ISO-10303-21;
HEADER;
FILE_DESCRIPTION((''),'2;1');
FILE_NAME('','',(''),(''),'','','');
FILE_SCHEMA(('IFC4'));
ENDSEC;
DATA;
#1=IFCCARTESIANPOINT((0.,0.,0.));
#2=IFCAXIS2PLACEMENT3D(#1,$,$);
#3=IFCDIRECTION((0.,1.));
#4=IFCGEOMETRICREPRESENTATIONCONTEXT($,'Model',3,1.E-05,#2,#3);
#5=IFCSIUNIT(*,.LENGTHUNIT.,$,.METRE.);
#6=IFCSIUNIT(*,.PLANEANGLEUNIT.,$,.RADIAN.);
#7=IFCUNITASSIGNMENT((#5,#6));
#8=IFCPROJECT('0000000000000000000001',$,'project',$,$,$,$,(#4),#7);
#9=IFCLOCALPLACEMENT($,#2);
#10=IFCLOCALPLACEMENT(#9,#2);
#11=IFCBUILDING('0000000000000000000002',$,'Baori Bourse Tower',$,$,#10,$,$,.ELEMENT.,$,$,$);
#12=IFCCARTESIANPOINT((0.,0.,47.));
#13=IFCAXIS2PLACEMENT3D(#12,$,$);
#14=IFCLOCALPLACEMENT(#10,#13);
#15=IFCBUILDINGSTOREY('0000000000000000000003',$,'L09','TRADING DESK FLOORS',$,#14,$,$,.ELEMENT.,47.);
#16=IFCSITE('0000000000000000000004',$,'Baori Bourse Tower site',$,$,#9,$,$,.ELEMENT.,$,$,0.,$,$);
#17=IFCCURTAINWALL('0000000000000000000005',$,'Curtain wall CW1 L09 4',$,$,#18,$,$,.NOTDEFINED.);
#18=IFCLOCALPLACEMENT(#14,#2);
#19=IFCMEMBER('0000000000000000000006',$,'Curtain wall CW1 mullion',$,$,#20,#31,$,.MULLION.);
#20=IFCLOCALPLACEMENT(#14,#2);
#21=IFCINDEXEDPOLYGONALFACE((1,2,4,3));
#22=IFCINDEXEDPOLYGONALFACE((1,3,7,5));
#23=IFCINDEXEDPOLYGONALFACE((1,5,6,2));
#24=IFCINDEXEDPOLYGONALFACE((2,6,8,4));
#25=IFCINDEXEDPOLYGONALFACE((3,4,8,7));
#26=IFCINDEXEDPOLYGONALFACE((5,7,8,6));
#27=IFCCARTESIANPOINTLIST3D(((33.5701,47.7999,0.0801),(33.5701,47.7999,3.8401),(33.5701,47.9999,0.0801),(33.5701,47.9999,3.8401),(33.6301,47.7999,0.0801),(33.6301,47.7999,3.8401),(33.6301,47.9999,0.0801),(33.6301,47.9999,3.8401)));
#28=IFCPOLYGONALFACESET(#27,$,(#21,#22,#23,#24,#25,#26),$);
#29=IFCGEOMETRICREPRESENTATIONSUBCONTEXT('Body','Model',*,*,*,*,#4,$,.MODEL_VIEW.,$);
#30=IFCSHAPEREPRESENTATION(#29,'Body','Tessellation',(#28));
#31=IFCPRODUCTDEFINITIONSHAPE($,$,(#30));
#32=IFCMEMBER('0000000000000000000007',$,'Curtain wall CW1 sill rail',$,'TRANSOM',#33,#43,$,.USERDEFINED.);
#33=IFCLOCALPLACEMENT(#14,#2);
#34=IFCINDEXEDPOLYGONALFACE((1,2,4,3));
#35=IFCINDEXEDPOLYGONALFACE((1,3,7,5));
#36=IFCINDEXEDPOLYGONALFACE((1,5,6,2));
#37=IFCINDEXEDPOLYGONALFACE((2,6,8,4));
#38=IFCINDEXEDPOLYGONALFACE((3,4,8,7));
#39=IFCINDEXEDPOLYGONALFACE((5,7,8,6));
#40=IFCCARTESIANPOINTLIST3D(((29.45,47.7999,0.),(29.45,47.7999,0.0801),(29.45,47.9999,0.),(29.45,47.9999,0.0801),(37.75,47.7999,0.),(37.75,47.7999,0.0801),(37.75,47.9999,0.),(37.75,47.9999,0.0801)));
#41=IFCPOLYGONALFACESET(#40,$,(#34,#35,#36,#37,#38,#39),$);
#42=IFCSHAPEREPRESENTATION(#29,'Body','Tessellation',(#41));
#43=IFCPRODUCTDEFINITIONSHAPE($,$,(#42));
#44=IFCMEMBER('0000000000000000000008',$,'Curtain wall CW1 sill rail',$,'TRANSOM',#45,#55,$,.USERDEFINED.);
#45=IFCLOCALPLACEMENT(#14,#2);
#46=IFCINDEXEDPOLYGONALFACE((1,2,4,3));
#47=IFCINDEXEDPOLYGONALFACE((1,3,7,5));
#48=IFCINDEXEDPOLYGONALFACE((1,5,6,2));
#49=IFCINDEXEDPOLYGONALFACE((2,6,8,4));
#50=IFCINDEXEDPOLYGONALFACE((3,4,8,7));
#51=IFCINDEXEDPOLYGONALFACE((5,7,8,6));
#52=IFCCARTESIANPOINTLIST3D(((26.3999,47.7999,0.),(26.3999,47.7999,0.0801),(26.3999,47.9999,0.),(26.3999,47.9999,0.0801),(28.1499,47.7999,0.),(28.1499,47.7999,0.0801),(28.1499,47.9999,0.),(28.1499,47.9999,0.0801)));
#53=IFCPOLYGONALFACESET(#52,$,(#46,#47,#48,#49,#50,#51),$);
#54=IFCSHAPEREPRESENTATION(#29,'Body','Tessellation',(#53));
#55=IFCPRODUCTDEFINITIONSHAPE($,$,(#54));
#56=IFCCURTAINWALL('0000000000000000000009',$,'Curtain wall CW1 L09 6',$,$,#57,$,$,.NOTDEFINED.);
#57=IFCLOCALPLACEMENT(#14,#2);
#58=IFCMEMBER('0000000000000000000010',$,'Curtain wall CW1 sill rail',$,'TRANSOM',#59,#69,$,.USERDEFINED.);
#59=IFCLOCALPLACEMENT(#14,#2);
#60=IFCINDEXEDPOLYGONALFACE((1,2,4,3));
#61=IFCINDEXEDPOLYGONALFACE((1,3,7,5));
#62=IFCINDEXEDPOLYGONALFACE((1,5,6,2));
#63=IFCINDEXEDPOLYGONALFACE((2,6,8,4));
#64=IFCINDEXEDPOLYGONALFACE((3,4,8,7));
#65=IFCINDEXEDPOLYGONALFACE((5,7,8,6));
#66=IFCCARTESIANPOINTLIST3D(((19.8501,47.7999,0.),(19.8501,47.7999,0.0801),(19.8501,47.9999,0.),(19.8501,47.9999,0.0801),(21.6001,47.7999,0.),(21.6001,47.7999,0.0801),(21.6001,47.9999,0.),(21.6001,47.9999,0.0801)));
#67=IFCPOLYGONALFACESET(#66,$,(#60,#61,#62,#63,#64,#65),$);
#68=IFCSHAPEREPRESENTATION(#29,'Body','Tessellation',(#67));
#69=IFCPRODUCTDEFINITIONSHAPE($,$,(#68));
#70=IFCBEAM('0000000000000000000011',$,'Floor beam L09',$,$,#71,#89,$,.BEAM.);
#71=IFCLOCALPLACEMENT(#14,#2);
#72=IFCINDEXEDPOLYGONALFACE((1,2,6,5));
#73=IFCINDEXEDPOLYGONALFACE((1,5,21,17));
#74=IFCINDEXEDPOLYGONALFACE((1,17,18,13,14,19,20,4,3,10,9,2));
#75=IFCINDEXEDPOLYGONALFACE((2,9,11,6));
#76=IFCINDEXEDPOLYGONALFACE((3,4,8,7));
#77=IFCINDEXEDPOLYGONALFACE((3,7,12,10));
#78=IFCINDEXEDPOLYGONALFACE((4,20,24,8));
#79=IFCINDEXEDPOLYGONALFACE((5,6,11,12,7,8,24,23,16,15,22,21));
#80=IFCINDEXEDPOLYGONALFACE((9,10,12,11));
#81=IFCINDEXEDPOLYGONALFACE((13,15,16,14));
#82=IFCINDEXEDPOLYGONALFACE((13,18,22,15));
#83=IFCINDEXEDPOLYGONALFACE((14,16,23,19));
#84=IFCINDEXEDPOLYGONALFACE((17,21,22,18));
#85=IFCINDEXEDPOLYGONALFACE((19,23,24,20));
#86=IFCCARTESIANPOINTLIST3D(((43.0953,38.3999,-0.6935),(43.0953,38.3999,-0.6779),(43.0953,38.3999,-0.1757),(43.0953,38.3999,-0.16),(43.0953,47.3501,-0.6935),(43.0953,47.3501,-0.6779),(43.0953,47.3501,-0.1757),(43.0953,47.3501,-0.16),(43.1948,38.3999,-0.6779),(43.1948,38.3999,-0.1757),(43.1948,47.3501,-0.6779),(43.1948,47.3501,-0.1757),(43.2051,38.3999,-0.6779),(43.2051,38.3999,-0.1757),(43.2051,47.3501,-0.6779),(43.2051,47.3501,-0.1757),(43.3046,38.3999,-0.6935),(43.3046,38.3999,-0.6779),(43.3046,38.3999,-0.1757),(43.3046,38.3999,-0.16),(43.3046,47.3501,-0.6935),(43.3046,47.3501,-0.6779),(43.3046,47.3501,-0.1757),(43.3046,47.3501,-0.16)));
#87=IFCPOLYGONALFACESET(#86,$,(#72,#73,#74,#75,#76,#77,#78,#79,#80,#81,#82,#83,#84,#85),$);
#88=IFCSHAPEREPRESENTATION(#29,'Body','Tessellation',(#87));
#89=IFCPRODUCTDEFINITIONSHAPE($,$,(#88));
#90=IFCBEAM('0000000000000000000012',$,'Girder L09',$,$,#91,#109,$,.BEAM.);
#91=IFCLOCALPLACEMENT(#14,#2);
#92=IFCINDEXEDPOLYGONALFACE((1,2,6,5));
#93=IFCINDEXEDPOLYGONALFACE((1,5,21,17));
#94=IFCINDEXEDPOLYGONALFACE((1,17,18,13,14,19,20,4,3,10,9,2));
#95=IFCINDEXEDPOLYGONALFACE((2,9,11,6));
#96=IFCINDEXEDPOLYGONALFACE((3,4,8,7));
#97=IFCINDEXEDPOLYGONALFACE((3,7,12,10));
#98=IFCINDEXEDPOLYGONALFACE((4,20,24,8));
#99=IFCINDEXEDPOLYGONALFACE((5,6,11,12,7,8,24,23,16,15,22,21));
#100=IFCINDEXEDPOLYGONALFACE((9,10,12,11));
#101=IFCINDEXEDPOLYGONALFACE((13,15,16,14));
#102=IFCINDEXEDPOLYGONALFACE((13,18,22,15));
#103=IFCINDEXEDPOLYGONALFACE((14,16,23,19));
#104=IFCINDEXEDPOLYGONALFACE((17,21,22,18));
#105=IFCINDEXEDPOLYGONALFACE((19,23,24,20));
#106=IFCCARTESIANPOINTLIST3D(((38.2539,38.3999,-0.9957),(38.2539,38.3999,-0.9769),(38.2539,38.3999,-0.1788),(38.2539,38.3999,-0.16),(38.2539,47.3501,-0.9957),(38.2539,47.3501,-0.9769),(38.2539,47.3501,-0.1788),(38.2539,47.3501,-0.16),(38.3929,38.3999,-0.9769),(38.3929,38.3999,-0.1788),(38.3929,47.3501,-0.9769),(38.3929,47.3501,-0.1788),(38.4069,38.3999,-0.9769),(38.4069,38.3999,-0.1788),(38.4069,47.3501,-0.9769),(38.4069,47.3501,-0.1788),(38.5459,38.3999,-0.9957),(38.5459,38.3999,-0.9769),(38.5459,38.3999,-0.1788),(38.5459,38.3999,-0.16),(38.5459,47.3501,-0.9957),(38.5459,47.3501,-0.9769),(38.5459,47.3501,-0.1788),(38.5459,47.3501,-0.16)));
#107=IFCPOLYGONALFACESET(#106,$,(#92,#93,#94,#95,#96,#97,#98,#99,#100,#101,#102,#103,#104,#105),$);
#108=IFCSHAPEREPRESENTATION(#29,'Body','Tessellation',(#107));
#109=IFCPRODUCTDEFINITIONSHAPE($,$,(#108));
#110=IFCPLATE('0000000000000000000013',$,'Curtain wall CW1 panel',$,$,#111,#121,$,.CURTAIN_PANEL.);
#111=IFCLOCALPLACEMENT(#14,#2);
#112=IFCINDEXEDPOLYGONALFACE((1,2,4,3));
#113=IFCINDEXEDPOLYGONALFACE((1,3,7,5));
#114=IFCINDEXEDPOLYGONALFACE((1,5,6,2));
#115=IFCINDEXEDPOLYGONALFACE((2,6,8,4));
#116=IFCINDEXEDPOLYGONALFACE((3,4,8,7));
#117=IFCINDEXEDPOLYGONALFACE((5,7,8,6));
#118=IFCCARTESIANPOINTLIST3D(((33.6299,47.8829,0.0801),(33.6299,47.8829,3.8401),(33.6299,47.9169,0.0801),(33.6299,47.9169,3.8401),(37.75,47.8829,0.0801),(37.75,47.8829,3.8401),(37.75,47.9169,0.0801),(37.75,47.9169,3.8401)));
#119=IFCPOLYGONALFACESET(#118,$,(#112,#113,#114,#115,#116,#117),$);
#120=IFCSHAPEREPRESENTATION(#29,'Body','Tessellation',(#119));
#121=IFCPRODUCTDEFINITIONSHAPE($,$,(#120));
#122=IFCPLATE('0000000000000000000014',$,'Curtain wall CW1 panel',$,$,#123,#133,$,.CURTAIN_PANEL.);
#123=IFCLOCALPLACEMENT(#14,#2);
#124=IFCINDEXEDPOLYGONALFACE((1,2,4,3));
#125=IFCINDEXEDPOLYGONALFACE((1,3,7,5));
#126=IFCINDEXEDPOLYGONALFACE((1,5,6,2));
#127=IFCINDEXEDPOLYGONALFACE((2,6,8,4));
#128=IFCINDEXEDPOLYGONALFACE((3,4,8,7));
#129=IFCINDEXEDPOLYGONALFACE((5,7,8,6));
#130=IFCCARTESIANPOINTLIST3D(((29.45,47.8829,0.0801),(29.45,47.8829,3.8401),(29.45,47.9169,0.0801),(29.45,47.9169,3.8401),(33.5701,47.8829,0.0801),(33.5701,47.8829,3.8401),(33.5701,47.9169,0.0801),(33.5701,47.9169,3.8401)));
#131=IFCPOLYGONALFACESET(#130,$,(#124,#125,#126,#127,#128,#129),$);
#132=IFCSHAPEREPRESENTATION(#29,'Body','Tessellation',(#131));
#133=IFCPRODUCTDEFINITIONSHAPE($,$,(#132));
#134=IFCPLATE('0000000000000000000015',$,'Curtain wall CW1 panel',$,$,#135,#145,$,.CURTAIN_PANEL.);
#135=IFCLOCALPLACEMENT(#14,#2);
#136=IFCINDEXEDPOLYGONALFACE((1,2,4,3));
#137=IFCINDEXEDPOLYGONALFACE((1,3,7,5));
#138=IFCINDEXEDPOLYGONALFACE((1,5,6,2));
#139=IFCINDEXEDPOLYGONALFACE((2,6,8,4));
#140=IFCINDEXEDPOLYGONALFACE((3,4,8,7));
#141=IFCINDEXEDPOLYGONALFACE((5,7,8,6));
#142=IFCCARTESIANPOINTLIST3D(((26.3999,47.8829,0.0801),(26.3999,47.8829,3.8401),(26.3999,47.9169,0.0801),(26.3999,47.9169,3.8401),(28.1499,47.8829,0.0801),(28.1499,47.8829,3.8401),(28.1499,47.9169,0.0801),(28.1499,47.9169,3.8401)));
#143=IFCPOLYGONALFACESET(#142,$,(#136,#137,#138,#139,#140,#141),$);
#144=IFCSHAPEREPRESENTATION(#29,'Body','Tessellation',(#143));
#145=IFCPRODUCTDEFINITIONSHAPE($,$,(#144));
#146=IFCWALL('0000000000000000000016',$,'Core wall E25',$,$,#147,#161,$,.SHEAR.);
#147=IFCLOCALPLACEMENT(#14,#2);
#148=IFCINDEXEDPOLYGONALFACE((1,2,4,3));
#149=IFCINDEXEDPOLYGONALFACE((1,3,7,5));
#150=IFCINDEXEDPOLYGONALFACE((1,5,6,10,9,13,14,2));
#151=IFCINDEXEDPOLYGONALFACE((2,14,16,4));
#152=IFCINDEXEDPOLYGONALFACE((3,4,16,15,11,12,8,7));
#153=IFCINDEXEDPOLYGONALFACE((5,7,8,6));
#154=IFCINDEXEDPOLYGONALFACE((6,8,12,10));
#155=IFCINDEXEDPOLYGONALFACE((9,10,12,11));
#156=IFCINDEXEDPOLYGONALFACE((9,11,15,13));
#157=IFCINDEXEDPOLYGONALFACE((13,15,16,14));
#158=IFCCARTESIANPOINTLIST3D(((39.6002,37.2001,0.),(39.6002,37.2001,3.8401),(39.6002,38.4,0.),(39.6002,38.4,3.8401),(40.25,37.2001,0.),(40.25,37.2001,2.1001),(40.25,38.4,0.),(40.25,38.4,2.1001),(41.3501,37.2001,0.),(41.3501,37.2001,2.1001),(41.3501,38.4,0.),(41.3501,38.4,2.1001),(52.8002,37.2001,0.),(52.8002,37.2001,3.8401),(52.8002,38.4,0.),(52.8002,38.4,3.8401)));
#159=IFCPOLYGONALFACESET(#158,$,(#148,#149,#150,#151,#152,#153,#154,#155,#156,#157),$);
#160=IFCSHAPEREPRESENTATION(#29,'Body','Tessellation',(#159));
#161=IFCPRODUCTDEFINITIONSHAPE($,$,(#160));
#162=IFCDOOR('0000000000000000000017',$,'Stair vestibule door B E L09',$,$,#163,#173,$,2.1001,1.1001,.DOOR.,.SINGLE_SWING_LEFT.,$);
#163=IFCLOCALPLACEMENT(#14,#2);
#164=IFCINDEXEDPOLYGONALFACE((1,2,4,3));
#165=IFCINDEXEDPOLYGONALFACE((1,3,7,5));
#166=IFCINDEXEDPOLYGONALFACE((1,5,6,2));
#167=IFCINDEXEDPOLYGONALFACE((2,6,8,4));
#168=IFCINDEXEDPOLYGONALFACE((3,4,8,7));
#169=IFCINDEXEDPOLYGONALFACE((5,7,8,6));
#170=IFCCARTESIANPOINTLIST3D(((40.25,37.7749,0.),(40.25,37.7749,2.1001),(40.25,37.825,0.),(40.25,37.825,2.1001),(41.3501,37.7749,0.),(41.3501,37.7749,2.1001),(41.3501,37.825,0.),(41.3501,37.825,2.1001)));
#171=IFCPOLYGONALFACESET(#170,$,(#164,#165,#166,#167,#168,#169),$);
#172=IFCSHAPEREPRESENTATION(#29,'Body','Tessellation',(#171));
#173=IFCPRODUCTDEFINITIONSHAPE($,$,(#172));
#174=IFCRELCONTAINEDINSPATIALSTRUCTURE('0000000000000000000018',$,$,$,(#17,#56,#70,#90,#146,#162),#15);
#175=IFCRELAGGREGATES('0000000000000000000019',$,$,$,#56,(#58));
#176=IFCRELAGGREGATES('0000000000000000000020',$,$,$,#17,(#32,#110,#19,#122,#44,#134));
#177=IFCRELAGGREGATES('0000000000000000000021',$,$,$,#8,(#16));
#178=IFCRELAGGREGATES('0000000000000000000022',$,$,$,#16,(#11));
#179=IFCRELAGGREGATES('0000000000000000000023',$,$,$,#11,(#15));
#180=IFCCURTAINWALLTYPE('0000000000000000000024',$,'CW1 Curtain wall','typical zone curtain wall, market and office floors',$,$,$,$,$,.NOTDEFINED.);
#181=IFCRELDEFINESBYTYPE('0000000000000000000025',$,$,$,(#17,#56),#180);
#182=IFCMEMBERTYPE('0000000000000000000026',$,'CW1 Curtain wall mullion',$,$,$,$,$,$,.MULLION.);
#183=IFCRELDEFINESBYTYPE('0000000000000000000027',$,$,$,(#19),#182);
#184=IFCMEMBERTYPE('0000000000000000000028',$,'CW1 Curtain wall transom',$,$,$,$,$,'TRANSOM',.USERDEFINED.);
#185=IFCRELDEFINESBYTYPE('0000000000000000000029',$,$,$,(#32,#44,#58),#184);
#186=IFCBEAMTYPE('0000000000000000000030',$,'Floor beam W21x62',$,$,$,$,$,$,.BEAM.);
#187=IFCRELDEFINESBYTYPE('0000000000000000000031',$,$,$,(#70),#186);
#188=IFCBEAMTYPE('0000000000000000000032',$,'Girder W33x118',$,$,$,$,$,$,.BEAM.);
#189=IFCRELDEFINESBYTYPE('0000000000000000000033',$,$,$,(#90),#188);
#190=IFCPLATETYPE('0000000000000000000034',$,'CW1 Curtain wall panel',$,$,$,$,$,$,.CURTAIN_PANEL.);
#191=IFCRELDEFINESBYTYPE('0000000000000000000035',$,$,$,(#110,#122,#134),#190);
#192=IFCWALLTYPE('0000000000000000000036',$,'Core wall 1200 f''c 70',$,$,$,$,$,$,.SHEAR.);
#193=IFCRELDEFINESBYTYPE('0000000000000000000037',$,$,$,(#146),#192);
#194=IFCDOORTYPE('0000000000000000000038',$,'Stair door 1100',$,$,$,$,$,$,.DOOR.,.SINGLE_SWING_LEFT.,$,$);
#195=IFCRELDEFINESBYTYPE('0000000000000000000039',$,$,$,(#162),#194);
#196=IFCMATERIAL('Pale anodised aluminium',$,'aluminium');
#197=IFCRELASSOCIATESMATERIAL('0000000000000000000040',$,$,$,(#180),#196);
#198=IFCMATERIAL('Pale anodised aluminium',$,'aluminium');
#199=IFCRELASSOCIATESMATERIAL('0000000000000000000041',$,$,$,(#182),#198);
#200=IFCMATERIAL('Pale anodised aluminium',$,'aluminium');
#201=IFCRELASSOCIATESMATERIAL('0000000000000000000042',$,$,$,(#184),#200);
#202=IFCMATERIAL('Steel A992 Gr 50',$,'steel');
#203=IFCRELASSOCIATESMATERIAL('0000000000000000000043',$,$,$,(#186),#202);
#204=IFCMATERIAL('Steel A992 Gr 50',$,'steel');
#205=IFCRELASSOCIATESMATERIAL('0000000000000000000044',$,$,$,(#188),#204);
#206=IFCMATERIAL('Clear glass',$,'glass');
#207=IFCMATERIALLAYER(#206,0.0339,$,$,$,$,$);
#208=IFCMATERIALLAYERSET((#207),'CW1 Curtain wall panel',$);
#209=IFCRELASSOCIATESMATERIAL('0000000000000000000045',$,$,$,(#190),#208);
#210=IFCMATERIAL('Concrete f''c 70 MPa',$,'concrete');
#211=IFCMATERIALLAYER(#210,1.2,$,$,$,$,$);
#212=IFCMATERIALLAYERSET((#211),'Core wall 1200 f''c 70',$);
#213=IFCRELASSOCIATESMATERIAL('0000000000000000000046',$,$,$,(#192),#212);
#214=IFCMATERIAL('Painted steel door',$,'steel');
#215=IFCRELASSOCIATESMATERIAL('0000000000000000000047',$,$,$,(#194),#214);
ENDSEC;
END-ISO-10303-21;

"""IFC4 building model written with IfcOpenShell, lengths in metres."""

from ifc_helpers import new_model, si_unit, direction, frame, frame_2d, origin, origin_2d, place, context, subcontext, project, spatial, rectangle, i_section, extrude, material, layer, layer_set, material_profile, profile_set, type_object, element, fill, aggregate, save


model = new_model("IFC4")

# Units and contexts
model_context = context("Model", 3, precision=1e-05, world=origin(), true_north=direction((0.0, 1.0)))
body_context = subcontext(model_context, "Body", "Model", "MODEL_VIEW")
ifc_project = project(units=[si_unit("LENGTHUNIT", "METRE"), si_unit("PLANEANGLEUNIT", "RADIAN")], contexts=[model_context])

# Site, building, storey
site_placement = place(None, origin())
site = spatial("IfcSite", under=ifc_project, at=site_placement, Name="Baori Bourse Tower site", CompositionType="ELEMENT", RefElevation=0.0)
building_placement = place(site_placement, origin())
building = spatial("IfcBuilding", under=site, at=building_placement, Name="Baori Bourse Tower", CompositionType="ELEMENT")
storey_placement = place(building_placement, frame((0.0, 0.0, 47.0)))
storey = spatial("IfcBuildingStorey", under=building, at=storey_placement, Name="L09", Description="TRADING DESK FLOORS", CompositionType="ELEMENT", Elevation=47.0)

# Curtain wall, members
ifc_material_1 = material(Name="Pale anodised aluminium", Category="aluminium")
curtain_wall_type = type_object("IfcCurtainWallType", Name="CW1 Curtain wall", Description="typical zone curtain wall, market and office floors", PredefinedType="NOTDEFINED", material=ifc_material_1)
curtain_wall_1_placement = place(storey_placement, origin())
curtain_wall_1 = element("IfcCurtainWall", 1, at=curtain_wall_1_placement, inside=storey, type_object=curtain_wall_type, Name="Curtain wall CW1 L09 4", PredefinedType="NOTDEFINED")
ifc_material_2 = material(Name="Pale anodised aluminium", Category="aluminium")
ifc_material_profile_1 = material_profile(ifc_material_2, rectangle(XDim=0.2, YDim=0.0601, at=origin_2d()), Name="Mullion 60x200")
ifc_profile_set_1 = profile_set([ifc_material_profile_1], Name="Pale anodised aluminium")
member_type_1 = type_object("IfcMemberType", Name="CW1 Curtain wall mullion", PredefinedType="MULLION", material=ifc_profile_set_1)
member_1_placement = place(storey_placement, frame((33.6001, 47.8999, 0.0801), z_axis=(0.0, 0.0, 1.0), x_axis=(0.0, -1.0, 0.0)))
member_1 = element("IfcMember", 2, at=member_1_placement, type_object=member_type_1, Name="Curtain wall CW1 mullion", PredefinedType="MULLION", context=body_context, shape_type="SweptSolid", body=[
    extrude(rectangle(XDim=0.2, YDim=0.0601, at=origin_2d()), origin(), (0.0, 0.0, 1.0), 3.76),
])
ifc_material_3 = material(Name="Pale anodised aluminium", Category="aluminium")
ifc_material_profile_2 = material_profile(ifc_material_3, rectangle(XDim=0.2, YDim=0.0801, at=origin_2d()), Name="Transom 80x200")
ifc_profile_set_2 = profile_set([ifc_material_profile_2], Name="Pale anodised aluminium")
member_type_2 = type_object("IfcMemberType", Name="CW1 Curtain wall transom", ElementType="TRANSOM", PredefinedType="USERDEFINED", material=ifc_profile_set_2)
member_2_placement = place(storey_placement, frame((37.75, 47.8999, 0.04), z_axis=(-1.0, 0.0, 0.0), x_axis=(0.0, -1.0, 0.0)))
member_2 = element("IfcMember", 3, at=member_2_placement, type_object=member_type_2, Name="Curtain wall CW1 sill rail", ObjectType="TRANSOM", PredefinedType="USERDEFINED", context=body_context, shape_type="SweptSolid", body=[
    extrude(rectangle(XDim=0.2, YDim=0.0801, at=origin_2d()), origin(), (0.0, 0.0, 1.0), 8.3),
])
member_3_placement = place(storey_placement, frame((28.1499, 47.8999, 0.04), z_axis=(-1.0, 0.0, 0.0), x_axis=(0.0, -1.0, 0.0)))
member_3 = element("IfcMember", 4, at=member_3_placement, type_object=member_type_2, Name="Curtain wall CW1 sill rail", ObjectType="TRANSOM", PredefinedType="USERDEFINED", context=body_context, shape_type="SweptSolid", body=[
    extrude(rectangle(XDim=0.2, YDim=0.0801, at=origin_2d()), origin(), (0.0, 0.0, 1.0), 1.75),
])

# Curtain wall, member
curtain_wall_2_placement = place(storey_placement, origin())
curtain_wall_2 = element("IfcCurtainWall", 5, at=curtain_wall_2_placement, inside=storey, type_object=curtain_wall_type, Name="Curtain wall CW1 L09 6", PredefinedType="NOTDEFINED")
member_4_placement = place(storey_placement, frame((21.6001, 47.8999, 0.04), z_axis=(-1.0, 0.0, 0.0), x_axis=(0.0, -1.0, 0.0)))
member_4 = element("IfcMember", 6, at=member_4_placement, type_object=member_type_2, Name="Curtain wall CW1 sill rail", ObjectType="TRANSOM", PredefinedType="USERDEFINED", context=body_context, shape_type="SweptSolid", body=[
    extrude(rectangle(XDim=0.2, YDim=0.0801, at=origin_2d()), origin(), (0.0, 0.0, 1.0), 1.75),
])
aggregate(curtain_wall_2, [member_4])

# Beams
ifc_material_4 = material(Name="Steel A992 Gr 50", Category="steel")
ifc_material_profile_3 = material_profile(ifc_material_4, i_section(OverallWidth=0.2092, OverallDepth=0.5334, WebThickness=0.0103, FlangeThickness=0.0156, at=origin_2d()), Name="W21x62")
ifc_profile_set_3 = profile_set([ifc_material_profile_3], Name="Steel A992 Gr 50")
beam_type_1 = type_object("IfcBeamType", Name="Floor beam W21x62", PredefinedType="BEAM", material=ifc_profile_set_3)
beam_1_placement = place(storey_placement, frame((43.2, 38.3999, -0.4268), z_axis=(0.0, 1.0, 0.0), x_axis=(-1.0, 0.0, 0.0)))
element("IfcBeam", 7, at=beam_1_placement, inside=storey, type_object=beam_type_1, Name="Floor beam L09", PredefinedType="BEAM", context=body_context, shape_type="SweptSolid", body=[
    extrude(i_section(OverallWidth=0.2092, OverallDepth=0.5334, WebThickness=0.0103, FlangeThickness=0.0156, at=origin_2d()), origin(), (0.0, 0.0, 1.0), 8.9502),
])
ifc_material_5 = material(Name="Steel A992 Gr 50", Category="steel")
ifc_material_profile_4 = material_profile(ifc_material_5, i_section(OverallWidth=0.292, OverallDepth=0.8357, WebThickness=0.0139, FlangeThickness=0.0188, at=origin_2d()), Name="W33x118")
ifc_profile_set_4 = profile_set([ifc_material_profile_4], Name="Steel A992 Gr 50")
beam_type_2 = type_object("IfcBeamType", Name="Girder W33x118", PredefinedType="BEAM", material=ifc_profile_set_4)
beam_2_placement = place(storey_placement, frame((38.3999, 38.3999, -0.5779), z_axis=(0.0, 1.0, 0.0), x_axis=(-1.0, 0.0, 0.0)))
element("IfcBeam", 8, at=beam_2_placement, inside=storey, type_object=beam_type_2, Name="Girder L09", PredefinedType="BEAM", context=body_context, shape_type="SweptSolid", body=[
    extrude(i_section(OverallWidth=0.292, OverallDepth=0.8357, WebThickness=0.0139, FlangeThickness=0.0188, at=origin_2d()), origin(), (0.0, 0.0, 1.0), 8.9502),
])

# Plates
ifc_material_6 = material(Name="Clear glass", Category="glass")
ifc_layer_1 = layer(ifc_material_6, 0.0339)
ifc_layer_set_1 = layer_set([ifc_layer_1], Name="CW1 Curtain wall panel")
plate_type = type_object("IfcPlateType", Name="CW1 Curtain wall panel", PredefinedType="CURTAIN_PANEL", material=ifc_layer_set_1)
plate_1_placement = place(storey_placement, frame((35.6899, 47.8999, 0.0801), z_axis=(0.0, 0.0, 1.0), x_axis=(-1.0, 0.0, 0.0)))
plate_1 = element("IfcPlate", 9, at=plate_1_placement, type_object=plate_type, Name="Curtain wall CW1 panel", PredefinedType="CURTAIN_PANEL", context=body_context, shape_type="SweptSolid", body=[
    extrude(rectangle(XDim=4.1201, YDim=0.0339, at=origin_2d()), origin(), (0.0, 0.0, 1.0), 3.76),
])
plate_2_placement = place(storey_placement, frame((31.51, 47.8999, 0.0801), z_axis=(0.0, 0.0, 1.0), x_axis=(-1.0, 0.0, 0.0)))
plate_2 = element("IfcPlate", 10, at=plate_2_placement, type_object=plate_type, Name="Curtain wall CW1 panel", PredefinedType="CURTAIN_PANEL", context=body_context, shape_type="SweptSolid", body=[
    extrude(rectangle(XDim=4.1201, YDim=0.0339, at=origin_2d()), origin(), (0.0, 0.0, 1.0), 3.76),
])
plate_3_placement = place(storey_placement, frame((27.2749, 47.8999, 0.0801), z_axis=(0.0, 0.0, 1.0), x_axis=(-1.0, 0.0, 0.0)))
plate_3 = element("IfcPlate", 11, at=plate_3_placement, type_object=plate_type, Name="Curtain wall CW1 panel", PredefinedType="CURTAIN_PANEL", context=body_context, shape_type="SweptSolid", body=[
    extrude(rectangle(XDim=1.75, YDim=0.0339, at=origin_2d()), origin(), (0.0, 0.0, 1.0), 3.76),
])
aggregate(curtain_wall_1, [member_2, plate_1, member_1, plate_2, member_3, plate_3])

# Wall, opening, door
ifc_material_7 = material(Name="Concrete f'c 70 MPa", Category="concrete")
ifc_layer_2 = layer(ifc_material_7, 1.2)
ifc_layer_set_2 = layer_set([ifc_layer_2], Name="Core wall 1200 f'c 70")
wall_type_1 = type_object("IfcWallType", Name="Core wall 1200 f'c 70", PredefinedType="SHEAR", material=ifc_layer_set_2)
wall_1_placement = place(storey_placement, frame((39.6001, 37.8, 0.0), z_axis=(0.0, 0.0, 1.0), x_axis=(1.0, 0.0, 0.0)))
wall_1 = element("IfcWall", 12, at=wall_1_placement, inside=storey, type_object=wall_type_1, Name="Core wall E25", PredefinedType="SHEAR", context=body_context, shape_type="SweptSolid", body=[
    extrude(rectangle(XDim=13.2, YDim=1.2, at=frame_2d((6.6001, 0.0))), origin(), (0.0, 0.0, 1.0), 3.8401),
])
opening_1_placement = place(wall_1_placement, frame((0.6499, 0.0, 0.0)))
opening_1 = element("IfcOpeningElement", 13, at=opening_1_placement, cuts=wall_1, PredefinedType="OPENING", context=body_context, shape_type="SweptSolid", body=[
    extrude(rectangle(XDim=1.1001, YDim=2.1001, at=frame_2d((0.55, 1.05))), frame((0.0, 0.6099, 0.0), z_axis=(0.0, -1.0, 0.0), x_axis=(1.0, 0.0, 0.0)), (0.0, 0.0, 1.0), 1.22),
])
ifc_material_8 = material(Name="Painted steel door", Category="steel")
door_type_1 = type_object("IfcDoorType", Name="Stair door 1100", OperationType="SINGLE_SWING_LEFT", PredefinedType="DOOR", material=ifc_material_8)
door_1_placement = place(opening_1_placement, origin())
door_1 = element("IfcDoor", 14, at=door_1_placement, inside=storey, type_object=door_type_1, Name="Stair vestibule door B E L09", OperationType="SINGLE_SWING_LEFT", OverallHeight=2.1001, OverallWidth=1.1001, PredefinedType="DOOR", context=body_context, shape_type="SweptSolid", body=[
    extrude(rectangle(XDim=1.1001, YDim=2.1001, at=frame_2d((0.55, 1.05))), frame((0.0, 0.0249, 0.0), z_axis=(0.0, -1.0, 0.0), x_axis=(1.0, 0.0, 0.0)), (0.0, 0.0, 1.0), 0.05),
])
fill(opening_1, door_1)

save(model, "model.ifc")
